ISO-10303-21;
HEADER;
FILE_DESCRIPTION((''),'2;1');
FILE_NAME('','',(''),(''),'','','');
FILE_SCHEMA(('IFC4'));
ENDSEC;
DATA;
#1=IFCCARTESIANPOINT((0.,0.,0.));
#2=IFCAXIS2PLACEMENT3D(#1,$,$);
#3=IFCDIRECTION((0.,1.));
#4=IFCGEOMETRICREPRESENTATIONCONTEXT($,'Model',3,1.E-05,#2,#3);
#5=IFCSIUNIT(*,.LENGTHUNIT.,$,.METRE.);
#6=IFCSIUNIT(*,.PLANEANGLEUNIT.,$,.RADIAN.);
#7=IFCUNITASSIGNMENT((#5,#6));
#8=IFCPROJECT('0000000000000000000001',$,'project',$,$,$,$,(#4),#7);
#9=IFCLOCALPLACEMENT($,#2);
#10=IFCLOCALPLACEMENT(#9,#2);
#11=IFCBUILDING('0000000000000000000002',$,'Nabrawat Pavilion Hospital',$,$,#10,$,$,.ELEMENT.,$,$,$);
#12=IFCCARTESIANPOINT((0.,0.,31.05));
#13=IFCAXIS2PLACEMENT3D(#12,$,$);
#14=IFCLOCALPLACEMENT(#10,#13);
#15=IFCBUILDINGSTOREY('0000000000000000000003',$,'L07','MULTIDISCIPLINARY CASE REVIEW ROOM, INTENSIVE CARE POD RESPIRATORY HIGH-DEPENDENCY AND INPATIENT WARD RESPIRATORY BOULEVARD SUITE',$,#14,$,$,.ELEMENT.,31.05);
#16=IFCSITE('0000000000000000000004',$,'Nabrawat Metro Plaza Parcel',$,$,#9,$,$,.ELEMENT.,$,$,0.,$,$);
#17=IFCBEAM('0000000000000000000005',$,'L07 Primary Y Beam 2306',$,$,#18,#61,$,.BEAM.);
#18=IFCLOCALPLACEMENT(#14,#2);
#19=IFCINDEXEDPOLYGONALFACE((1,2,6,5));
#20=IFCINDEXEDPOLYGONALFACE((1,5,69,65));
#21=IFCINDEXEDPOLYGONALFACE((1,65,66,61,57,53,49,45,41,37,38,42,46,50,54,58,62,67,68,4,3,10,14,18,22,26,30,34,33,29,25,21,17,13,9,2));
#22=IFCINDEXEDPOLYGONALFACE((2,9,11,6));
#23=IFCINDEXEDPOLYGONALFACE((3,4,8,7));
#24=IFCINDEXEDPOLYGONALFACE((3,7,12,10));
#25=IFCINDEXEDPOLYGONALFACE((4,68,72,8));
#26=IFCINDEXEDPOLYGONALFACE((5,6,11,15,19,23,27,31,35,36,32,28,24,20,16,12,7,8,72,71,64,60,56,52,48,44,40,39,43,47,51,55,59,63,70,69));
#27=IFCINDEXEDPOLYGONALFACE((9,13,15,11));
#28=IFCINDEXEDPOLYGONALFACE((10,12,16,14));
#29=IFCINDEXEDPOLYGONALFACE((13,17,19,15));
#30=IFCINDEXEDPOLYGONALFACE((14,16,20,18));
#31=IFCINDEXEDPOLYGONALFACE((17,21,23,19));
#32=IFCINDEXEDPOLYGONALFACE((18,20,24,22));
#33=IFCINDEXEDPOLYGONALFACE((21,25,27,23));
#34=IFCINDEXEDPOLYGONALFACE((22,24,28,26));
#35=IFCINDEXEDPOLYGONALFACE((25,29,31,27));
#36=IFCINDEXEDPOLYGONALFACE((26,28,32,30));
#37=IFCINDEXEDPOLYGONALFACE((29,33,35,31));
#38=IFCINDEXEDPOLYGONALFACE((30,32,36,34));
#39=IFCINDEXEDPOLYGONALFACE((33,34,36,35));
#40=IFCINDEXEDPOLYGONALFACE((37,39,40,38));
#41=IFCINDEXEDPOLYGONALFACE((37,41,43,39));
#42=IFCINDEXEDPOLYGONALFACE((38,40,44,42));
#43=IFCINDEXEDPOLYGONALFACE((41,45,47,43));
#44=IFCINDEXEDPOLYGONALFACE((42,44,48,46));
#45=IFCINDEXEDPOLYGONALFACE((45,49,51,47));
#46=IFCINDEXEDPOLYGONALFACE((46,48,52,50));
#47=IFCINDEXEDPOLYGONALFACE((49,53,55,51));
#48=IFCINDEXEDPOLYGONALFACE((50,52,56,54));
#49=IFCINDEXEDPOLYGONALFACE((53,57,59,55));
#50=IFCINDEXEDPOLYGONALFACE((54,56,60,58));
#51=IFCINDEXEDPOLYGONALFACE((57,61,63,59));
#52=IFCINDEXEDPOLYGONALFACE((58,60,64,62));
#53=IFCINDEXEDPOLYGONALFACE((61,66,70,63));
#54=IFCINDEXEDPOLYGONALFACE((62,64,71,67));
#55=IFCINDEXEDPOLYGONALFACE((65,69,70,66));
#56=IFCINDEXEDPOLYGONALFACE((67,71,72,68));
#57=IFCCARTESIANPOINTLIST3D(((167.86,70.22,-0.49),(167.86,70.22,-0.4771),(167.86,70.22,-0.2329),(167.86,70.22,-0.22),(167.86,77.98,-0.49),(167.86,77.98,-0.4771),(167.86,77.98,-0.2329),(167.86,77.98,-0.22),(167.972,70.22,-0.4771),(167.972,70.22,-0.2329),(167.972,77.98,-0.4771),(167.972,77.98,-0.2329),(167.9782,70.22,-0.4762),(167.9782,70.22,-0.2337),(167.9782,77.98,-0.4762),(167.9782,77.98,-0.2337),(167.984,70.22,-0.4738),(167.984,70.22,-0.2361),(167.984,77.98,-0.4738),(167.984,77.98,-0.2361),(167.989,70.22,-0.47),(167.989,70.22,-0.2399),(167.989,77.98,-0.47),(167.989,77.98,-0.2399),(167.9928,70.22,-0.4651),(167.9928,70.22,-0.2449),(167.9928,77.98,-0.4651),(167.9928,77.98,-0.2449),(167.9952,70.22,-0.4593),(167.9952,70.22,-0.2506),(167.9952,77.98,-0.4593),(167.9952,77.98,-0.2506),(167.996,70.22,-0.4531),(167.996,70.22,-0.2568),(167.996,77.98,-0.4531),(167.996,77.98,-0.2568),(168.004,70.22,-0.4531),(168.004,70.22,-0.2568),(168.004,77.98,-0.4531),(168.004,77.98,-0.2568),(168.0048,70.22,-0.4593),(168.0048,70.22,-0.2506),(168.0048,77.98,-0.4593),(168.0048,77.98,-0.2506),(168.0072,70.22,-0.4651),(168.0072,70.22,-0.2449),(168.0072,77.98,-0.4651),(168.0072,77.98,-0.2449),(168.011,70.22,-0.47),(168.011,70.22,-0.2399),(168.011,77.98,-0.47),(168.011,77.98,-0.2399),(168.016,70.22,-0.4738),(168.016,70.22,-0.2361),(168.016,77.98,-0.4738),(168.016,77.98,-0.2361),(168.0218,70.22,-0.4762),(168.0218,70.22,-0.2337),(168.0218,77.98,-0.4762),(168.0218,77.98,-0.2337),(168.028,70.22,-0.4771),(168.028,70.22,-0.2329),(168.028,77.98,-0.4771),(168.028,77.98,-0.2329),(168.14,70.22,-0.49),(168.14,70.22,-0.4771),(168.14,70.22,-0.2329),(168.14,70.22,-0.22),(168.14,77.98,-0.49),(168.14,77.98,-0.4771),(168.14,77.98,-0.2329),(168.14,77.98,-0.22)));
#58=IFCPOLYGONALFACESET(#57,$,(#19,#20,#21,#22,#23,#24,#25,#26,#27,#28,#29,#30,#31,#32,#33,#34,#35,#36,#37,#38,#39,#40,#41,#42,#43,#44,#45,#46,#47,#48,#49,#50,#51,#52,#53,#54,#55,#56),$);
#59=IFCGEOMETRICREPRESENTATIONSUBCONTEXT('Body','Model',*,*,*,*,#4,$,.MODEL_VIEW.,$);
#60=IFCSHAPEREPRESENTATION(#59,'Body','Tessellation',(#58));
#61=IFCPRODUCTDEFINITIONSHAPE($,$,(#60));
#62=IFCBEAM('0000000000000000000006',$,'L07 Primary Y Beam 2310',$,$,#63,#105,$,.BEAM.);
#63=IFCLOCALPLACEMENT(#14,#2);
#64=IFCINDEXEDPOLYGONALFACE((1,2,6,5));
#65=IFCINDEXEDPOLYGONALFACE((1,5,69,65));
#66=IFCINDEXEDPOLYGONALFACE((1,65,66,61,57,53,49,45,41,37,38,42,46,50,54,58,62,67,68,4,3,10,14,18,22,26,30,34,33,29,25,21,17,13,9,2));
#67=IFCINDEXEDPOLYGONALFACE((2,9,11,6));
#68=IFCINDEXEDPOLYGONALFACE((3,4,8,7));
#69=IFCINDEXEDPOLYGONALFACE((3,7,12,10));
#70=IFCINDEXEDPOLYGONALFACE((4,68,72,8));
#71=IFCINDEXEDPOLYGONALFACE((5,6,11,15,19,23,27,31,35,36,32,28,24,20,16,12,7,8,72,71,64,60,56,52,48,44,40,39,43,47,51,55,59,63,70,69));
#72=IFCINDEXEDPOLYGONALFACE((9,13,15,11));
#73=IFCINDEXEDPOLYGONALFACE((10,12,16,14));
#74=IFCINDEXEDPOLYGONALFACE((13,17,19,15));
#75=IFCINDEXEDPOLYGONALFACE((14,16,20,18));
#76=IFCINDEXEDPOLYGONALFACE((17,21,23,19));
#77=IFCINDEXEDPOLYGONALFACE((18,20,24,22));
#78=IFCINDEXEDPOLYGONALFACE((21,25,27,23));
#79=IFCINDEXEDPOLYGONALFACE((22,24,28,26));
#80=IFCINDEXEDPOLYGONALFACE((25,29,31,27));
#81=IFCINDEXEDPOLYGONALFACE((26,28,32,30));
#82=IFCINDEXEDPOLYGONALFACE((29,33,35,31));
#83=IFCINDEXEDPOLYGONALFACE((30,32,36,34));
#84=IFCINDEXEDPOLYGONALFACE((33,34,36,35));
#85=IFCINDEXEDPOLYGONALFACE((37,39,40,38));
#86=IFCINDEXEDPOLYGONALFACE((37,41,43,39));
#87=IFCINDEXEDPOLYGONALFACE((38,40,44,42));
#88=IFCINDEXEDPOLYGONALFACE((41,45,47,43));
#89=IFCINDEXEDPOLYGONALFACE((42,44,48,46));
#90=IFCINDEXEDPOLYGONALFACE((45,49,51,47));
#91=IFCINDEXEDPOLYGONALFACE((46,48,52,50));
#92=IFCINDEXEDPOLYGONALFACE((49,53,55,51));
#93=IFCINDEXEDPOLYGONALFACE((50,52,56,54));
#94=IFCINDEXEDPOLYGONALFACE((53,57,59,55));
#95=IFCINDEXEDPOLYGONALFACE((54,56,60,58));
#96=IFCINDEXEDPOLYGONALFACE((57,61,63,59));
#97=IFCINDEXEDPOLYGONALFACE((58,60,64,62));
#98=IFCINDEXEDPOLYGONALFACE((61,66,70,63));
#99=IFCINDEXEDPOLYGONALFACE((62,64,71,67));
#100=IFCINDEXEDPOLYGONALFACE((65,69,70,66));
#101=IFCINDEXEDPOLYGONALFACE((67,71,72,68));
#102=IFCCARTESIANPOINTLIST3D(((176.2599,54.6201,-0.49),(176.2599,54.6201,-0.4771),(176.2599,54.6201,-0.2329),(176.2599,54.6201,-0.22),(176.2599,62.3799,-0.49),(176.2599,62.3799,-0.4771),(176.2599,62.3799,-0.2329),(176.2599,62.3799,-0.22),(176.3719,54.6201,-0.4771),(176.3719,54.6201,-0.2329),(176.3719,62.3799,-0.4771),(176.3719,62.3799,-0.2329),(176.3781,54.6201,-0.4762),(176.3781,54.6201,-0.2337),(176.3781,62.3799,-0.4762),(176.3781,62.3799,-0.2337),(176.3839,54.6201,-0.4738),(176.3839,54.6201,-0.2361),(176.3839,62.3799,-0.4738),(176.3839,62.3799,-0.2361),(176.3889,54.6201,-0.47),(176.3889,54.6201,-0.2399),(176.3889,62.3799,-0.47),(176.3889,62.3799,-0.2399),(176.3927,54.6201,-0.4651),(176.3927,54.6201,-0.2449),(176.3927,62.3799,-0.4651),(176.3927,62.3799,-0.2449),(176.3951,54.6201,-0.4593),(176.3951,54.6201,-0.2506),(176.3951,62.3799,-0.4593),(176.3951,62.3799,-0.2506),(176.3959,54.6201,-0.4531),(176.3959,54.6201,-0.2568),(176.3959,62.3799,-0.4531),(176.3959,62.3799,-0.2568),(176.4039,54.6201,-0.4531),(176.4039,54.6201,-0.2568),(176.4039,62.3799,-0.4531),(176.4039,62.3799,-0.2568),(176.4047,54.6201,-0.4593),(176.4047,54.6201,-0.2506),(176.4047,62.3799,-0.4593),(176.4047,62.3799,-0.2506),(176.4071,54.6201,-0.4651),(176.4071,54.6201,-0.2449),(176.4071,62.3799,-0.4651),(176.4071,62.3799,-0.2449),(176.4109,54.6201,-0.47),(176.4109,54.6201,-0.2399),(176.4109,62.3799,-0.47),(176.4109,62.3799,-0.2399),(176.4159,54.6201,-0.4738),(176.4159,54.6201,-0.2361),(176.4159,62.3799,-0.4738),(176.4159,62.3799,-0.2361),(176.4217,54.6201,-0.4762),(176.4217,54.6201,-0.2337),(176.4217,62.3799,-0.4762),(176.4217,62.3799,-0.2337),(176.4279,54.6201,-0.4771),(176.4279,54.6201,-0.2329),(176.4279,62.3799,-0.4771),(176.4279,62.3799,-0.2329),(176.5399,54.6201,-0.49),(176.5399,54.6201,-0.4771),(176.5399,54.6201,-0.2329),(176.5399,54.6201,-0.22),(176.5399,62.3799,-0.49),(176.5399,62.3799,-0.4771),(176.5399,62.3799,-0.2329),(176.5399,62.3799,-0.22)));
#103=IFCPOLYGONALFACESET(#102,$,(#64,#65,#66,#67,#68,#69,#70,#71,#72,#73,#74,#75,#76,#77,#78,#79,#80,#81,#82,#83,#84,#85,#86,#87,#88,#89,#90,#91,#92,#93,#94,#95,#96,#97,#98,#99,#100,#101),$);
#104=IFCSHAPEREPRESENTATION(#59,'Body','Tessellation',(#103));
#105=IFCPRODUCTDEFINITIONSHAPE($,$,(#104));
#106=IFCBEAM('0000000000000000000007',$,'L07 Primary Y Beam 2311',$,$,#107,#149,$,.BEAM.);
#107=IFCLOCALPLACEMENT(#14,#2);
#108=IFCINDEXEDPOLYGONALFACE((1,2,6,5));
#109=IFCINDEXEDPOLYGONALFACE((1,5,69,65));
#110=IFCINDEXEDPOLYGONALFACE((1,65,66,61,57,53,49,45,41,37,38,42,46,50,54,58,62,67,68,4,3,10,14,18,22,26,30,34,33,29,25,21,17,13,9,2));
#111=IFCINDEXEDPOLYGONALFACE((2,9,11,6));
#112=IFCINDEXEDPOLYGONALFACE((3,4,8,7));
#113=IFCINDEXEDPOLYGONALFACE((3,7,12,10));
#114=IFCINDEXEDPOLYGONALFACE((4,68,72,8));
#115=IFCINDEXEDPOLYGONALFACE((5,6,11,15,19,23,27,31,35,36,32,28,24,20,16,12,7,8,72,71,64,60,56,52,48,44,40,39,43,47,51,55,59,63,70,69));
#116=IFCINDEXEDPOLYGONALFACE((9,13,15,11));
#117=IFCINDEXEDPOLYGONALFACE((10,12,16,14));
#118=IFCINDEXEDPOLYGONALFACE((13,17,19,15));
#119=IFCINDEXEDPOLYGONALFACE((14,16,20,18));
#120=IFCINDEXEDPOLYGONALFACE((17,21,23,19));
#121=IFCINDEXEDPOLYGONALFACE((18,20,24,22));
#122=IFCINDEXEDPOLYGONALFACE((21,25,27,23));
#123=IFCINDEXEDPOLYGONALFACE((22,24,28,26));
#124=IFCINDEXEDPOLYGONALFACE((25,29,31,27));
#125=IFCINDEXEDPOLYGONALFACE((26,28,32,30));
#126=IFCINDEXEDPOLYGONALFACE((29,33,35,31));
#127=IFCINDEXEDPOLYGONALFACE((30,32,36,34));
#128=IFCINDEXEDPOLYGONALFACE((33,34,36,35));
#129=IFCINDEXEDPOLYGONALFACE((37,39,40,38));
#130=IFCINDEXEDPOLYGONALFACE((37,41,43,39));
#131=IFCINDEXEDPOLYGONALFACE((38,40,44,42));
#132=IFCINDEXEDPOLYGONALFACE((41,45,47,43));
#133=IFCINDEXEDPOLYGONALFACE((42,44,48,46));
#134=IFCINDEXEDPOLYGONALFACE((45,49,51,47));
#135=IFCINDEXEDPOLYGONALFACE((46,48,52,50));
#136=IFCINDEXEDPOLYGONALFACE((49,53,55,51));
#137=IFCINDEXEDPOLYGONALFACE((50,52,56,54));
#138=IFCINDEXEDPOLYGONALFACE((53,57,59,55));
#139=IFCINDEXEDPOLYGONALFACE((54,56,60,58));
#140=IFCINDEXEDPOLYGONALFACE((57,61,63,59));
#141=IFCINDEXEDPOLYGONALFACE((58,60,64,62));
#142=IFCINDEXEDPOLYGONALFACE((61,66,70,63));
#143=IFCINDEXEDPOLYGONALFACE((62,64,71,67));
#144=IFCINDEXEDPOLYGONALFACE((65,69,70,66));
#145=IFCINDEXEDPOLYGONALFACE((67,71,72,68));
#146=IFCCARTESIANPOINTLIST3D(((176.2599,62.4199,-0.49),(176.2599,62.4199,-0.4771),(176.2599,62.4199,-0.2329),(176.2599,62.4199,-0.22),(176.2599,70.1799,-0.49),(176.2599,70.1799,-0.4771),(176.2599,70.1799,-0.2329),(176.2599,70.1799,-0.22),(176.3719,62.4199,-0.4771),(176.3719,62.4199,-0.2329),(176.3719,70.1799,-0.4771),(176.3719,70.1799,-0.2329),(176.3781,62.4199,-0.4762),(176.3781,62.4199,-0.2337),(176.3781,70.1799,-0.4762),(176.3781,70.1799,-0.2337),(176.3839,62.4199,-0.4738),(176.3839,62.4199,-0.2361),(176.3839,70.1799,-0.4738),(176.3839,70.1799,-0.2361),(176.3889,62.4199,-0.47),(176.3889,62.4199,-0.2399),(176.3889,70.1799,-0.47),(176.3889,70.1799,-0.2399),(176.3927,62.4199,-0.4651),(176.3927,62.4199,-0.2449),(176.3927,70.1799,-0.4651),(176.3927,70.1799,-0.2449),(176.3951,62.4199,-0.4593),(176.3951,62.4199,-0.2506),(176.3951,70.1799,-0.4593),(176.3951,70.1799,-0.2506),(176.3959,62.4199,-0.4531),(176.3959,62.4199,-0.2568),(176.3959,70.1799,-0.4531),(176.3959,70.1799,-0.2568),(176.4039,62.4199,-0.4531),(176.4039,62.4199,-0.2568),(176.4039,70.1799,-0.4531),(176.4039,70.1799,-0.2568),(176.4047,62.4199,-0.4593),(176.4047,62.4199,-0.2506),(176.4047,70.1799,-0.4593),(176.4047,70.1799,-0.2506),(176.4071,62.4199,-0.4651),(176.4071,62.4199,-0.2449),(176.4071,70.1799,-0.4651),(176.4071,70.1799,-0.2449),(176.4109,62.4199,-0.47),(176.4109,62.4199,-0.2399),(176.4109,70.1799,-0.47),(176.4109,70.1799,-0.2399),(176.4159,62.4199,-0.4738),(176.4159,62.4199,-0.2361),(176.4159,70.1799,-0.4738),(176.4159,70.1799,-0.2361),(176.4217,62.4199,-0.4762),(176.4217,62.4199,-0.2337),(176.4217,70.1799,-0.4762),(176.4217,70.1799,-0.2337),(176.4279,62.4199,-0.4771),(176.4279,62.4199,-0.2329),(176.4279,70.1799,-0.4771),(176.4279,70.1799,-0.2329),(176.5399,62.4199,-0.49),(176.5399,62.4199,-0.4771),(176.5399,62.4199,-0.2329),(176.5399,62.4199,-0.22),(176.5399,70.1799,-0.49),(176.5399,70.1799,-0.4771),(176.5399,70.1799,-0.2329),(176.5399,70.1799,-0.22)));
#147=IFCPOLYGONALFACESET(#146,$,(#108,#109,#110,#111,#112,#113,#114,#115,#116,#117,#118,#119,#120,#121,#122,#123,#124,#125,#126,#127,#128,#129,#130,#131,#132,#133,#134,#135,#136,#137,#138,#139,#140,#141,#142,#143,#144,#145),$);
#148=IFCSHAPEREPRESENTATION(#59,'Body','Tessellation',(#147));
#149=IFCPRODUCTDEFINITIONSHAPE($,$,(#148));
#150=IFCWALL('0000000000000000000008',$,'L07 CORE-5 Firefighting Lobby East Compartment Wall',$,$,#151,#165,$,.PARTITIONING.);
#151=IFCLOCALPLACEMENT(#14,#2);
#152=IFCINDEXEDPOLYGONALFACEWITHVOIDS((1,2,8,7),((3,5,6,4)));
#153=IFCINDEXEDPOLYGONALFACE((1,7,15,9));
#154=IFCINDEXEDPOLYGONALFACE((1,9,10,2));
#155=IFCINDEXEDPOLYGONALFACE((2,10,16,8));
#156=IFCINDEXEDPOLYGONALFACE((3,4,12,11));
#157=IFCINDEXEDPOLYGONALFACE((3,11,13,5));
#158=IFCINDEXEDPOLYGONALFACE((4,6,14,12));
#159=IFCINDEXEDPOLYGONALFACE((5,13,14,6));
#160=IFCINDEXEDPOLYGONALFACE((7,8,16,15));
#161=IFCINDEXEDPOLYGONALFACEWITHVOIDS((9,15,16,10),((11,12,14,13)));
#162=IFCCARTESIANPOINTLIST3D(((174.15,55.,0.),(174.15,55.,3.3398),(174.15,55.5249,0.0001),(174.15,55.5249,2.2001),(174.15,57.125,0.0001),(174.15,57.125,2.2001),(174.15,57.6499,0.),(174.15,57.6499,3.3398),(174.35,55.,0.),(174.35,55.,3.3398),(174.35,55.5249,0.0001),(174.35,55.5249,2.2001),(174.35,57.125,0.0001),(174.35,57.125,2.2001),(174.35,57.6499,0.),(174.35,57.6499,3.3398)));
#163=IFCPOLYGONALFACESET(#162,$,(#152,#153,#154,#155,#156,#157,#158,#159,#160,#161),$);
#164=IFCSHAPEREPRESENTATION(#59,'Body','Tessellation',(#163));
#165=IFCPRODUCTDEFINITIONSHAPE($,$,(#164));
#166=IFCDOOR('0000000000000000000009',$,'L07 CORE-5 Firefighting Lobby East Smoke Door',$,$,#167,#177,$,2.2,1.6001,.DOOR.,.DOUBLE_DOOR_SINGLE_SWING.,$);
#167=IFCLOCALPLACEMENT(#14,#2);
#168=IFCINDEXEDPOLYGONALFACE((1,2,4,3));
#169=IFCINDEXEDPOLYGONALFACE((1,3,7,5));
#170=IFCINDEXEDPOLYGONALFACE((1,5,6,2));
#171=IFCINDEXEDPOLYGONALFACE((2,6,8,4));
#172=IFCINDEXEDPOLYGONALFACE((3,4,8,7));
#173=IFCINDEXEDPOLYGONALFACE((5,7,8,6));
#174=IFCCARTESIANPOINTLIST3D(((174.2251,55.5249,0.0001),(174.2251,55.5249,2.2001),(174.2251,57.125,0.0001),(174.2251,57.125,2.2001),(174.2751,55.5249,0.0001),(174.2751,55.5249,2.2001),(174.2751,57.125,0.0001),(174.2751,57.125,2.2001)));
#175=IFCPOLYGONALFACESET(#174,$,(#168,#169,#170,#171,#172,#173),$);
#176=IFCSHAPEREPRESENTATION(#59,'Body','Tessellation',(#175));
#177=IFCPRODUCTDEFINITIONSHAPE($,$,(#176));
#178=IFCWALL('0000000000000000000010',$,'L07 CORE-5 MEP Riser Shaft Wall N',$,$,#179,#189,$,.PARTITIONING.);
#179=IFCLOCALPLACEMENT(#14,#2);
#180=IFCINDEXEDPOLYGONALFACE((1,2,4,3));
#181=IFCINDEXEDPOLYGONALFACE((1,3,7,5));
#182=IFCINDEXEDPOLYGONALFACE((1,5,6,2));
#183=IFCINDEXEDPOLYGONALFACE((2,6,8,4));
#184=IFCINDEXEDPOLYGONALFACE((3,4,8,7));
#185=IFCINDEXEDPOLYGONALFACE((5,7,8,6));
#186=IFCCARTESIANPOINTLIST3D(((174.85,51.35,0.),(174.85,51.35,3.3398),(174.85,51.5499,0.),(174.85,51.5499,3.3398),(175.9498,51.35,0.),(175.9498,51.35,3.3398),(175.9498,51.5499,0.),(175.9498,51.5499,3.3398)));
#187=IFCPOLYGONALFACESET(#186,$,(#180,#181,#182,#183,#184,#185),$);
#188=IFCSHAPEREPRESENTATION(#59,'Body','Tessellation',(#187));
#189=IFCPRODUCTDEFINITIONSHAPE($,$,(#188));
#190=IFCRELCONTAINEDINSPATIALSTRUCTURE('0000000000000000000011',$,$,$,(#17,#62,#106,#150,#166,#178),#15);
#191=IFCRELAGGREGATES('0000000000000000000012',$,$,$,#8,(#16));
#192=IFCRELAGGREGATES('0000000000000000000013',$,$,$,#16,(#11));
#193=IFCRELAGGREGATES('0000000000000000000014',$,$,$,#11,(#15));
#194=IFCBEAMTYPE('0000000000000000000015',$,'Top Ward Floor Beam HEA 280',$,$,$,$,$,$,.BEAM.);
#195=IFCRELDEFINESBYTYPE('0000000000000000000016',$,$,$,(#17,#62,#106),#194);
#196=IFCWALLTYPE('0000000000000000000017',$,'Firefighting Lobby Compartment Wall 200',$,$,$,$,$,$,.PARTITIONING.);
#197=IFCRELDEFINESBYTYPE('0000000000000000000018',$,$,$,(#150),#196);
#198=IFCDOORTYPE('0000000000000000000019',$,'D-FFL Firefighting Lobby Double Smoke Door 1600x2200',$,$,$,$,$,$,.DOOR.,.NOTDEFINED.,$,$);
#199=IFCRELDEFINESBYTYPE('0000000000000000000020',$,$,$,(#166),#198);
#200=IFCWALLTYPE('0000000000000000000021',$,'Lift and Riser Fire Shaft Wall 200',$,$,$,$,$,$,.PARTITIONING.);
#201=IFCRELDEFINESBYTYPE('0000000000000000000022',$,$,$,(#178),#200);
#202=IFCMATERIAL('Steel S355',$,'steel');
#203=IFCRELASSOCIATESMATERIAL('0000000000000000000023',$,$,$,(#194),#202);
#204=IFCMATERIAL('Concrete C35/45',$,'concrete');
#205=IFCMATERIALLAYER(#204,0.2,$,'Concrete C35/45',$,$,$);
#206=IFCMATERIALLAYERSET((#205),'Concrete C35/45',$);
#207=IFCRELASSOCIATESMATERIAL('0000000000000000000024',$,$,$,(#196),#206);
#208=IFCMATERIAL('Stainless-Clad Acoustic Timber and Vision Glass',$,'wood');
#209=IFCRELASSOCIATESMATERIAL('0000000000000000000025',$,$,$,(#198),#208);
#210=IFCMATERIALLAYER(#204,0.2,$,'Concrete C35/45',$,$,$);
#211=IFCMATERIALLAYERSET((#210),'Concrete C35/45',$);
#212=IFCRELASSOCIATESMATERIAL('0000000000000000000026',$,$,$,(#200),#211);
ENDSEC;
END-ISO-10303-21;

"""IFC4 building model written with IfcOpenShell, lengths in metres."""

from ifc_helpers import new_model, si_unit, direction, frame, frame_2d, origin, origin_2d, place, context, subcontext, project, spatial, rectangle, i_section, extrude, material, layer, layer_set, material_profile, profile_set, type_object, element, fill, save


model = new_model("IFC4")

# Units and contexts
model_context = context("Model", 3, precision=1e-05, world=origin(), true_north=direction((0.0, 1.0)))
body_context = subcontext(model_context, "Body", "Model", "MODEL_VIEW")
ifc_project = project(units=[si_unit("LENGTHUNIT", "METRE"), si_unit("PLANEANGLEUNIT", "RADIAN")], contexts=[model_context])

# Site, building, storey
site_placement = place(None, origin())
site = spatial("IfcSite", under=ifc_project, at=site_placement, Name="Nabrawat Metro Plaza Parcel", CompositionType="ELEMENT", RefElevation=0.0)
building_placement = place(site_placement, origin())
building = spatial("IfcBuilding", under=site, at=building_placement, Name="Nabrawat Pavilion Hospital", CompositionType="ELEMENT")
storey_placement = place(building_placement, frame((0.0, 0.0, 31.05)))
storey = spatial("IfcBuildingStorey", under=building, at=storey_placement, Name="L07", Description="MULTIDISCIPLINARY CASE REVIEW ROOM, INTENSIVE CARE POD RESPIRATORY HIGH-DEPENDENCY AND INPATIENT WARD RESPIRATORY BOULEVARD SUITE", CompositionType="ELEMENT", Elevation=31.05)

# Shared definitions
ifc_material_1 = material(Name="Steel S355", Category="steel")

# Beams
ifc_material_profile_1 = material_profile(ifc_material_1, i_section(OverallWidth=0.28, OverallDepth=0.27, WebThickness=0.0081, FlangeThickness=0.0129, FilletRadius=0.0239, at=origin_2d()), Name="HEA 280")
ifc_profile_set_1 = profile_set([ifc_material_profile_1], Name="Steel S355")
beam_type_1 = type_object("IfcBeamType", Name="Top Ward Floor Beam HEA 280", PredefinedType="BEAM", material=ifc_profile_set_1)
beam_1_placement = place(storey_placement, frame((168.0, 70.22, -0.355), z_axis=(0.0, 1.0, 0.0), x_axis=(-1.0, 0.0, 0.0)))
element("IfcBeam", 1, at=beam_1_placement, inside=storey, type_object=beam_type_1, Name="L07 Primary Y Beam 2306", PredefinedType="BEAM", context=body_context, shape_type="SweptSolid", body=[
    extrude(i_section(OverallWidth=0.28, OverallDepth=0.27, WebThickness=0.0081, FlangeThickness=0.0129, FilletRadius=0.0239, at=origin_2d()), origin(), (0.0, 0.0, 1.0), 7.76),
])
beam_2_placement = place(storey_placement, frame((176.3999, 54.6201, -0.355), z_axis=(0.0, 1.0, 0.0), x_axis=(-1.0, 0.0, 0.0)))
element("IfcBeam", 2, at=beam_2_placement, inside=storey, type_object=beam_type_1, Name="L07 Primary Y Beam 2310", PredefinedType="BEAM", context=body_context, shape_type="SweptSolid", body=[
    extrude(i_section(OverallWidth=0.28, OverallDepth=0.27, WebThickness=0.0081, FlangeThickness=0.0129, FilletRadius=0.0239, at=origin_2d()), origin(), (0.0, 0.0, 1.0), 7.7598),
])
beam_3_placement = place(storey_placement, frame((176.3999, 62.4199, -0.355), z_axis=(0.0, 1.0, 0.0), x_axis=(-1.0, 0.0, 0.0)))
element("IfcBeam", 3, at=beam_3_placement, inside=storey, type_object=beam_type_1, Name="L07 Primary Y Beam 2311", PredefinedType="BEAM", context=body_context, shape_type="SweptSolid", body=[
    extrude(i_section(OverallWidth=0.28, OverallDepth=0.27, WebThickness=0.0081, FlangeThickness=0.0129, FilletRadius=0.0239, at=origin_2d()), origin(), (0.0, 0.0, 1.0), 7.76),
])

# Wall, opening, door
ifc_material_2 = material(Name="Concrete C35/45", Category="concrete")
ifc_layer_1 = layer(ifc_material_2, 0.2, Name="Concrete C35/45")
ifc_layer_set_1 = layer_set([ifc_layer_1], Name="Concrete C35/45")
wall_type_1 = type_object("IfcWallType", Name="Firefighting Lobby Compartment Wall 200", PredefinedType="PARTITIONING", material=ifc_layer_set_1)
wall_1_placement = place(storey_placement, frame((174.25, 55.0, 0.0), z_axis=(0.0, 0.0, 1.0), x_axis=(0.0, 1.0, 0.0)))
wall_1 = element("IfcWall", 4, at=wall_1_placement, inside=storey, type_object=wall_type_1, Name="L07 CORE-5 Firefighting Lobby East Compartment Wall", PredefinedType="PARTITIONING", context=body_context, shape_type="SweptSolid", body=[
    extrude(rectangle(XDim=2.6499, YDim=0.2, at=frame_2d((1.325, 0.0))), origin(), (0.0, 0.0, 1.0), 3.3398),
])
opening_1_placement = place(wall_1_placement, frame((0.5249, 0.0, 0.0)))
opening_1 = element("IfcOpeningElement", 5, at=opening_1_placement, cuts=wall_1, PredefinedType="OPENING", context=body_context, shape_type="SweptSolid", body=[
    extrude(rectangle(XDim=1.6001, YDim=2.2, at=frame_2d((0.8, 1.1001))), frame((0.0, 0.1099, 0.0), z_axis=(0.0, -1.0, 0.0), x_axis=(1.0, 0.0, 0.0)), (0.0, 0.0, 1.0), 0.22),
])
ifc_material_3 = material(Name="Stainless-Clad Acoustic Timber and Vision Glass", Category="wood")
door_type_1 = type_object("IfcDoorType", Name="D-FFL Firefighting Lobby Double Smoke Door 1600x2200", OperationType="NOTDEFINED", PredefinedType="DOOR", material=ifc_material_3)
door_1_placement = place(opening_1_placement, origin())
door_1 = element("IfcDoor", 6, at=door_1_placement, inside=storey, type_object=door_type_1, Name="L07 CORE-5 Firefighting Lobby East Smoke Door", OperationType="DOUBLE_DOOR_SINGLE_SWING", OverallHeight=2.2, OverallWidth=1.6001, PredefinedType="DOOR", context=body_context, shape_type="SweptSolid", body=[
    extrude(rectangle(XDim=1.6001, YDim=2.2, at=frame_2d((0.8, 1.1001))), frame((0.0, 0.0249, 0.0), z_axis=(0.0, -1.0, 0.0), x_axis=(1.0, 0.0, 0.0)), (0.0, 0.0, 1.0), 0.05),
])
fill(opening_1, door_1)

# Wall
ifc_layer_2 = layer(ifc_material_2, 0.2, Name="Concrete C35/45")
ifc_layer_set_2 = layer_set([ifc_layer_2], Name="Concrete C35/45")
wall_type_2 = type_object("IfcWallType", Name="Lift and Riser Fire Shaft Wall 200", PredefinedType="PARTITIONING", material=ifc_layer_set_2)
wall_2_placement = place(storey_placement, frame((174.8501, 51.45, 0.0), z_axis=(0.0, 0.0, 1.0), x_axis=(1.0, 0.0, 0.0)))
element("IfcWall", 7, at=wall_2_placement, inside=storey, type_object=wall_type_2, Name="L07 CORE-5 MEP Riser Shaft Wall N", PredefinedType="PARTITIONING", context=body_context, shape_type="SweptSolid", body=[
    extrude(rectangle(XDim=1.0999, YDim=0.2, at=frame_2d((0.5498, 0.0))), origin(), (0.0, 0.0, 1.0), 3.3398),
])

save(model, "model.ifc")
